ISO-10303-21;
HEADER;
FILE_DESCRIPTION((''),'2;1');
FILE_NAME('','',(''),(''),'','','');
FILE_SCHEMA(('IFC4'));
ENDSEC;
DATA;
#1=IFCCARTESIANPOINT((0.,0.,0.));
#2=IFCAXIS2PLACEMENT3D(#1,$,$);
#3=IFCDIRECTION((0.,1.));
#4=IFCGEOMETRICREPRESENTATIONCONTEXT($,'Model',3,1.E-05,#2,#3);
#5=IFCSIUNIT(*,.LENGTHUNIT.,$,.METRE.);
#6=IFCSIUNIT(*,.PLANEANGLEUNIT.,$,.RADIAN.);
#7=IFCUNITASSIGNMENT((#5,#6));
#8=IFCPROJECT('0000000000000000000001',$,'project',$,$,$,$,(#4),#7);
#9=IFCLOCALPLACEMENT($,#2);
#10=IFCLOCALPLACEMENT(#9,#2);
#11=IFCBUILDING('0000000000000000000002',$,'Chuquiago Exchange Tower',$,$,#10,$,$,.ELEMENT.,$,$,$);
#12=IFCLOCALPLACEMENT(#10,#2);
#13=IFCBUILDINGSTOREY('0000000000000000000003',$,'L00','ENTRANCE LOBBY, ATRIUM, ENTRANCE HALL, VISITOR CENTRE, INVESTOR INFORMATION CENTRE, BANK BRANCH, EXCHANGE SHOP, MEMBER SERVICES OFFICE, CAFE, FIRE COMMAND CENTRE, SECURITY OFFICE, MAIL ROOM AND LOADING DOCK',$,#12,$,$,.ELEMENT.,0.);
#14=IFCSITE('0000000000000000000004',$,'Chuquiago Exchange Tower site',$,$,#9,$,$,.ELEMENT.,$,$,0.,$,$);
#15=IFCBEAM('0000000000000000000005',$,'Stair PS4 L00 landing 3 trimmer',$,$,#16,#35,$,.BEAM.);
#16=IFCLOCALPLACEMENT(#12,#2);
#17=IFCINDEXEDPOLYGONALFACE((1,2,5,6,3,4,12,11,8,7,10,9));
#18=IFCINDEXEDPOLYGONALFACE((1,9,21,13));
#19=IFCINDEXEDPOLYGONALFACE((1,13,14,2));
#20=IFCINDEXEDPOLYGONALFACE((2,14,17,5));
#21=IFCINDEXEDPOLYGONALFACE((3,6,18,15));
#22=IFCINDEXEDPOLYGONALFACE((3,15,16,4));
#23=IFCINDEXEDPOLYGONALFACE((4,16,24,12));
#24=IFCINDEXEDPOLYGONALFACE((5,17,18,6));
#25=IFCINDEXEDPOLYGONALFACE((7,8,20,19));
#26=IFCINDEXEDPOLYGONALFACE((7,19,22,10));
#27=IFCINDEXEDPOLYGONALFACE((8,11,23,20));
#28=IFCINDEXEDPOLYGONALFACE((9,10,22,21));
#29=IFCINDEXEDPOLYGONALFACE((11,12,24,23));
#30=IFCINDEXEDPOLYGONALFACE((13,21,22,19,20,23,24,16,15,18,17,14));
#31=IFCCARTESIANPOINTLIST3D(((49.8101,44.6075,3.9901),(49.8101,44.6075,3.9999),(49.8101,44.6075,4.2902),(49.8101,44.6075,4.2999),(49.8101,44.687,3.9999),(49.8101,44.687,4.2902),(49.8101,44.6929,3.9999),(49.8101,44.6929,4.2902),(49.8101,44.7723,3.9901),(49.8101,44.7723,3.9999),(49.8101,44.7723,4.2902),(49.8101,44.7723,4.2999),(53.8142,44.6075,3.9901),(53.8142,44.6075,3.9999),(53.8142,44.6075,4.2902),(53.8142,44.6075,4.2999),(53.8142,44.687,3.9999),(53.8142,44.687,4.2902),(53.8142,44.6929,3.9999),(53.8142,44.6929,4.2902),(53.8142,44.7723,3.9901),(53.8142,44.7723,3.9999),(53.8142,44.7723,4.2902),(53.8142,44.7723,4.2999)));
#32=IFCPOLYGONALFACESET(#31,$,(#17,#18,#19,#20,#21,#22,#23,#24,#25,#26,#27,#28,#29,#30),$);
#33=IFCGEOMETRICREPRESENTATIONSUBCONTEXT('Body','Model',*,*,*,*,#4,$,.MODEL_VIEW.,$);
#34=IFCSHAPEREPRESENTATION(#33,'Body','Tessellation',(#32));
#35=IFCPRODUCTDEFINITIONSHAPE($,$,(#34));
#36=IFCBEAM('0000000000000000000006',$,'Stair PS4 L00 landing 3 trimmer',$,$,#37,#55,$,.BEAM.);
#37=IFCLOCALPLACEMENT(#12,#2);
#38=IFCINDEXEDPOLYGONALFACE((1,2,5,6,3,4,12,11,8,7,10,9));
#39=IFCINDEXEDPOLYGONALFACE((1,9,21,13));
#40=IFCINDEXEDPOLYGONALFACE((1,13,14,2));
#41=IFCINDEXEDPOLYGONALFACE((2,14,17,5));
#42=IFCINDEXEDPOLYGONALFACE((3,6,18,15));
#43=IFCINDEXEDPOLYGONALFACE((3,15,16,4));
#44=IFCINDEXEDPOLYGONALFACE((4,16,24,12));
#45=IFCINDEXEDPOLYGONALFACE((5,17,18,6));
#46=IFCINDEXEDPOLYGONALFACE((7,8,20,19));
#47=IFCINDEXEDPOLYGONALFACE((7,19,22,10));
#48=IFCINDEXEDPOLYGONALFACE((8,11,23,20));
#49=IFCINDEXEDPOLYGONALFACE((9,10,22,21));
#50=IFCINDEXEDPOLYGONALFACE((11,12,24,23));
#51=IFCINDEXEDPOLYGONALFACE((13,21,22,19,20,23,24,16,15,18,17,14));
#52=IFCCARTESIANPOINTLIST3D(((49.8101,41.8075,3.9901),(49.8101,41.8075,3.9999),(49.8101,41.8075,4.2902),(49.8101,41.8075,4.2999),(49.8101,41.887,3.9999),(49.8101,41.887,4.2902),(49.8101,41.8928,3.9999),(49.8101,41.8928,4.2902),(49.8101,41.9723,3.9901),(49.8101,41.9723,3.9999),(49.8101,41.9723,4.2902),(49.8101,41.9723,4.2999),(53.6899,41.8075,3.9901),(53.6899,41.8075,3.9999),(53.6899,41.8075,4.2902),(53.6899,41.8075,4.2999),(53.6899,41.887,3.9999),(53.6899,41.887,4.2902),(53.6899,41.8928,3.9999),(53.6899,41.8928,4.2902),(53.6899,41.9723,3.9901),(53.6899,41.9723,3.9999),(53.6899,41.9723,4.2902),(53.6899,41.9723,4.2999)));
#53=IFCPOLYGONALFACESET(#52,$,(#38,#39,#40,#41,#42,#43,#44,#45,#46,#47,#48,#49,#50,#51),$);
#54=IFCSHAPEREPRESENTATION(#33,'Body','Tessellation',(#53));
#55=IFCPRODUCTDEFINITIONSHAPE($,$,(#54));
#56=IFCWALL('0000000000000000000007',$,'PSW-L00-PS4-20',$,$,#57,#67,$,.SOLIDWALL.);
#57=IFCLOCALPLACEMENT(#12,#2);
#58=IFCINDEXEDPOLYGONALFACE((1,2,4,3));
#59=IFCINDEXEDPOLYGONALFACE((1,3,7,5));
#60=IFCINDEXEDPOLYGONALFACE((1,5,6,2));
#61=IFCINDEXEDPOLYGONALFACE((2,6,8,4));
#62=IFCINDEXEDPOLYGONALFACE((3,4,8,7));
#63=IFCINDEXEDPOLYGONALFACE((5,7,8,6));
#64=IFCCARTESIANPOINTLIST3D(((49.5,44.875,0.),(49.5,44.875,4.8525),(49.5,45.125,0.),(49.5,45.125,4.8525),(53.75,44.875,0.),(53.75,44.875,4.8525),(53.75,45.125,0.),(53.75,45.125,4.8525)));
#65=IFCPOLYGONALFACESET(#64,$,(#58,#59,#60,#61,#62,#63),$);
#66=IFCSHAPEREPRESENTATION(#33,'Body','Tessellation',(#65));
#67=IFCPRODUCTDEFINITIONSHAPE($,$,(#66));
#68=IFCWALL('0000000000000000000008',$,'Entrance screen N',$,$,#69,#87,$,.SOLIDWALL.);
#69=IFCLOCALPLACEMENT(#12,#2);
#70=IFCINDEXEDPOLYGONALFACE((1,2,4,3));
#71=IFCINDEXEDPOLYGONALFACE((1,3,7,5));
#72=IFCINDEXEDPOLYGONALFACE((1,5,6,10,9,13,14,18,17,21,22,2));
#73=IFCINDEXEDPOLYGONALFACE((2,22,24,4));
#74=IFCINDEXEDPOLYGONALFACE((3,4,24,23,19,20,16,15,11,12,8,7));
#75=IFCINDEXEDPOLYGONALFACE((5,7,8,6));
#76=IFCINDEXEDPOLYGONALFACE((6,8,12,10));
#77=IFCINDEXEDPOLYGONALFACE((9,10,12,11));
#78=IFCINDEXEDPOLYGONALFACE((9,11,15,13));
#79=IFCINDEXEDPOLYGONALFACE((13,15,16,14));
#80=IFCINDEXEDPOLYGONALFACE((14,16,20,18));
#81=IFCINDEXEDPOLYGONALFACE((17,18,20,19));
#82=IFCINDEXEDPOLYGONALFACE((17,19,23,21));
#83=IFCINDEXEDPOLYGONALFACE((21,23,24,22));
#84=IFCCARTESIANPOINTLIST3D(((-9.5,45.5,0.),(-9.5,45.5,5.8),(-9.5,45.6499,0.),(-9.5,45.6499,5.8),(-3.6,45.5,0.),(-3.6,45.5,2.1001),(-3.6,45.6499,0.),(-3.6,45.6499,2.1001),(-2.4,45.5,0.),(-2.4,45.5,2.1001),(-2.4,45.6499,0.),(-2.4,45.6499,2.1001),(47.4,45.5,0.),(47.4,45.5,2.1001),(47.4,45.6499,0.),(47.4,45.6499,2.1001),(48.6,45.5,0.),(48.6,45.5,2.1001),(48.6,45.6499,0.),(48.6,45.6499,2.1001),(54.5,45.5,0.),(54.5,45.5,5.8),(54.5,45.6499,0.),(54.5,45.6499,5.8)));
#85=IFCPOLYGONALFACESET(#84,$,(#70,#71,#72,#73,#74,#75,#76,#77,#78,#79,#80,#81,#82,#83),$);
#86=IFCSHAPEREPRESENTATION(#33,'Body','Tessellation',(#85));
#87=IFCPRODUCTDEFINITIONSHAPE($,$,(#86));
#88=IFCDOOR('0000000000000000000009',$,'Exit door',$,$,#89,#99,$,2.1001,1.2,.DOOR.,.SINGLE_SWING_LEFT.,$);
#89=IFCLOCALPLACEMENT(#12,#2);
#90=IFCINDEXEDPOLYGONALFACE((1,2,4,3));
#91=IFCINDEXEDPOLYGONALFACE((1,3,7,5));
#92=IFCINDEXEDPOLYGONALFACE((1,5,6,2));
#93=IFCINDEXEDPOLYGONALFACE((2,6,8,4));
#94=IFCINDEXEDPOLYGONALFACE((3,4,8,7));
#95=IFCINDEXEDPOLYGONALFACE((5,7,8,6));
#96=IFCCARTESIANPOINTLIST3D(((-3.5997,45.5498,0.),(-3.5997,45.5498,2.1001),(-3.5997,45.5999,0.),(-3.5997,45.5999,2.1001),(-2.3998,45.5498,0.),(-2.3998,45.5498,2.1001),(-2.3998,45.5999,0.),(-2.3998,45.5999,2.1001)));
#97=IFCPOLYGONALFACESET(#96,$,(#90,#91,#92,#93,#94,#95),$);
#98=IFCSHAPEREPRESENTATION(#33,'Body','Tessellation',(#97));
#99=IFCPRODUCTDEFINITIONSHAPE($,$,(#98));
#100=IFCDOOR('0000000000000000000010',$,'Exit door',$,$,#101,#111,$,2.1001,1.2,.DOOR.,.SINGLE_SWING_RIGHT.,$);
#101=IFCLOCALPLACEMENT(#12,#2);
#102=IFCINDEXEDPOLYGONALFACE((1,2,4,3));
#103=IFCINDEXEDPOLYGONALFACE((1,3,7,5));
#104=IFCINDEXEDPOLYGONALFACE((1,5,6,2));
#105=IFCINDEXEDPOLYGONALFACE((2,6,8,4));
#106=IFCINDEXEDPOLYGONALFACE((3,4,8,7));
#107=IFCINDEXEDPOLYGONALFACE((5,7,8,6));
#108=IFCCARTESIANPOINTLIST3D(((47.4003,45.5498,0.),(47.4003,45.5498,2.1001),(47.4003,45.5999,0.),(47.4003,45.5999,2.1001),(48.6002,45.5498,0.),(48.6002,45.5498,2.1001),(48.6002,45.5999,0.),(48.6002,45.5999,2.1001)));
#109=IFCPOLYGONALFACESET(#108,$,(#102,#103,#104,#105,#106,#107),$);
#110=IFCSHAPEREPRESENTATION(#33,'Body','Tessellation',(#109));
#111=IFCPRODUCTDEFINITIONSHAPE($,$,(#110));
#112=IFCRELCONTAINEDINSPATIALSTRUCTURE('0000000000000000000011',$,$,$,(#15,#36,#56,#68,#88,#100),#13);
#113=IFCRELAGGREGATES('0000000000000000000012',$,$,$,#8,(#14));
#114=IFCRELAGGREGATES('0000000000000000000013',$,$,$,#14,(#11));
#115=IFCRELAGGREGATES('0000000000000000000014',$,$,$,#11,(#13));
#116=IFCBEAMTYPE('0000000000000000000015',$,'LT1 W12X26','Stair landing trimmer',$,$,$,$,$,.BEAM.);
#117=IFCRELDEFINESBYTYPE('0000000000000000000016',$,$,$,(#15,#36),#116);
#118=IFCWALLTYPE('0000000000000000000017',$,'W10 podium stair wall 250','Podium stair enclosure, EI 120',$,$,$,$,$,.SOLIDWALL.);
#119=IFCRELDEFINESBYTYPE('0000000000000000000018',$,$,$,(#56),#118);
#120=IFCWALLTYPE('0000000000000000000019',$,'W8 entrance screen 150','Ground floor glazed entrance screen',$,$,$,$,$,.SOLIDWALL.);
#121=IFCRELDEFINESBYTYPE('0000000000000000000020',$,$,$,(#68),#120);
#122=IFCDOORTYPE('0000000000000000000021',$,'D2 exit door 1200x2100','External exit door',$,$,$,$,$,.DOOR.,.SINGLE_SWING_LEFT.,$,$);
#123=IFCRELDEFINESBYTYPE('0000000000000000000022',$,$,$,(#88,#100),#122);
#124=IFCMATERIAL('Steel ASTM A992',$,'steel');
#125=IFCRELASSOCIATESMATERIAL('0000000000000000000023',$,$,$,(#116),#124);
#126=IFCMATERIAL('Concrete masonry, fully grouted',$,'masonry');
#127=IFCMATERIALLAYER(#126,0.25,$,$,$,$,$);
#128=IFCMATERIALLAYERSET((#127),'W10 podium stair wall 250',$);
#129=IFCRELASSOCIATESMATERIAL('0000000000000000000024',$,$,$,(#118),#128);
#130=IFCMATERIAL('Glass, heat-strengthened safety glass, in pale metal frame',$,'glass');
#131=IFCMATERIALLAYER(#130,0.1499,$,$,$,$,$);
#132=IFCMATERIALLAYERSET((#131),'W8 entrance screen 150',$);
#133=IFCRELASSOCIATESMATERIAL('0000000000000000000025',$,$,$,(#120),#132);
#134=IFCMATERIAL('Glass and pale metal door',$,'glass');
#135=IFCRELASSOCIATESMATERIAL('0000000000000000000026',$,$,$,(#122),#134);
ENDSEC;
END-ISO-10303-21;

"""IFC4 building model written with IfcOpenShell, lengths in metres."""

from ifc_helpers import new_model, si_unit, direction, frame, frame_2d, origin, origin_2d, place, context, subcontext, project, spatial, rectangle, i_section, extrude, material, layer, layer_set, material_profile, profile_set, type_object, element, fill, save


model = new_model("IFC4")

# Units and contexts
model_context = context("Model", 3, precision=1e-05, world=origin(), true_north=direction((0.0, 1.0)))
body_context = subcontext(model_context, "Body", "Model", "MODEL_VIEW")
ifc_project = project(units=[si_unit("LENGTHUNIT", "METRE"), si_unit("PLANEANGLEUNIT", "RADIAN")], contexts=[model_context])

# Site, building, storey
site_placement = place(None, origin())
site = spatial("IfcSite", under=ifc_project, at=site_placement, Name="Chuquiago Exchange Tower site", CompositionType="ELEMENT", RefElevation=0.0)
building_placement = place(site_placement, origin())
building = spatial("IfcBuilding", under=site, at=building_placement, Name="Chuquiago Exchange Tower", CompositionType="ELEMENT")
storey_placement = place(building_placement, origin())
storey = spatial("IfcBuildingStorey", under=building, at=storey_placement, Name="L00", Description="ENTRANCE LOBBY, ATRIUM, ENTRANCE HALL, VISITOR CENTRE, INVESTOR INFORMATION CENTRE, BANK BRANCH, EXCHANGE SHOP, MEMBER SERVICES OFFICE, CAFE, FIRE COMMAND CENTRE, SECURITY OFFICE, MAIL ROOM AND LOADING DOCK", CompositionType="ELEMENT", Elevation=0.0)

# Beams
ifc_material_1 = material(Name="Steel ASTM A992", Category="steel")
ifc_material_profile_1 = material_profile(ifc_material_1, i_section(OverallWidth=0.1648, OverallDepth=0.3098, WebThickness=0.0059, FlangeThickness=0.0098, at=origin_2d()), Name="W12X26")
ifc_profile_set_1 = profile_set([ifc_material_profile_1], Name="Steel ASTM A992")
beam_type_1 = type_object("IfcBeamType", Name="LT1 W12X26", Description="Stair landing trimmer", PredefinedType="BEAM", material=ifc_profile_set_1)
beam_1_placement = place(storey_placement, frame((49.8101, 44.6899, 4.145), z_axis=(1.0, 0.0, 0.0), x_axis=(0.0, 1.0, 0.0)))
element("IfcBeam", 1, at=beam_1_placement, inside=storey, type_object=beam_type_1, Name="Stair PS4 L00 landing 3 trimmer", PredefinedType="BEAM", context=body_context, shape_type="SweptSolid", body=[
    extrude(i_section(OverallWidth=0.1648, OverallDepth=0.3098, WebThickness=0.0059, FlangeThickness=0.0098, at=origin_2d()), origin(), (0.0, 0.0, 1.0), 4.0042),
])
beam_2_placement = place(storey_placement, frame((49.8101, 41.8899, 4.145), z_axis=(1.0, 0.0, 0.0), x_axis=(0.0, 1.0, 0.0)))
element("IfcBeam", 2, at=beam_2_placement, inside=storey, type_object=beam_type_1, Name="Stair PS4 L00 landing 3 trimmer", PredefinedType="BEAM", context=body_context, shape_type="SweptSolid", body=[
    extrude(i_section(OverallWidth=0.1648, OverallDepth=0.3098, WebThickness=0.0059, FlangeThickness=0.0098, at=origin_2d()), origin(), (0.0, 0.0, 1.0), 3.8799),
])

# Wall
ifc_material_2 = material(Name="Concrete masonry, fully grouted", Category="masonry")
ifc_layer_1 = layer(ifc_material_2, 0.25)
ifc_layer_set_1 = layer_set([ifc_layer_1], Name="W10 podium stair wall 250")
wall_type_1 = type_object("IfcWallType", Name="W10 podium stair wall 250", Description="Podium stair enclosure, EI 120", PredefinedType="SOLIDWALL", material=ifc_layer_set_1)
wall_1_placement = place(storey_placement, frame((49.5, 45.0, 0.0), z_axis=(0.0, 0.0, 1.0), x_axis=(1.0, 0.0, 0.0)))
element("IfcWall", 3, at=wall_1_placement, inside=storey, type_object=wall_type_1, Name="PSW-L00-PS4-20", PredefinedType="SOLIDWALL", context=body_context, shape_type="SweptSolid", body=[
    extrude(rectangle(XDim=4.25, YDim=0.25, at=frame_2d((2.125, 0.0))), origin(), (0.0, 0.0, 1.0), 4.8525),
])

# Wall, openings, doors
ifc_material_3 = material(Name="Glass, heat-strengthened safety glass, in pale metal frame", Category="glass")
ifc_layer_2 = layer(ifc_material_3, 0.1499)
ifc_layer_set_2 = layer_set([ifc_layer_2], Name="W8 entrance screen 150")
wall_type_2 = type_object("IfcWallType", Name="W8 entrance screen 150", Description="Ground floor glazed entrance screen", PredefinedType="SOLIDWALL", material=ifc_layer_set_2)
wall_2_placement = place(storey_placement, frame((54.5, 45.575, 0.0), z_axis=(0.0, 0.0, 1.0), x_axis=(-1.0, 0.0, 0.0)))
wall_2 = element("IfcWall", 4, at=wall_2_placement, inside=storey, type_object=wall_type_2, Name="Entrance screen N", PredefinedType="SOLIDWALL", context=body_context, shape_type="SweptSolid", body=[
    extrude(rectangle(XDim=64.0, YDim=0.1499, at=frame_2d((32.0, 0.0))), origin(), (0.0, 0.0, 1.0), 5.8),
])
opening_1_placement = place(wall_2_placement, frame((56.8999, 0.0, 0.0)))
opening_1 = element("IfcOpeningElement", 5, at=opening_1_placement, cuts=wall_2, PredefinedType="OPENING", context=body_context, shape_type="SweptSolid", body=[
    extrude(rectangle(XDim=1.2, YDim=2.1001, at=frame_2d((0.6001, 1.05))), frame((0.0, 0.085, 0.0), z_axis=(0.0, -1.0, 0.0), x_axis=(1.0, 0.0, 0.0)), (0.0, 0.0, 1.0), 0.1699),
])
opening_2_placement = place(wall_2_placement, frame((5.8999, 0.0, 0.0)))
opening_2 = element("IfcOpeningElement", 6, at=opening_2_placement, cuts=wall_2, PredefinedType="OPENING", context=body_context, shape_type="SweptSolid", body=[
    extrude(rectangle(XDim=1.2, YDim=2.1001, at=frame_2d((0.6001, 1.05))), frame((0.0, 0.085, 0.0), z_axis=(0.0, -1.0, 0.0), x_axis=(1.0, 0.0, 0.0)), (0.0, 0.0, 1.0), 0.1699),
])
ifc_material_4 = material(Name="Glass and pale metal door", Category="glass")
door_type = type_object("IfcDoorType", Name="D2 exit door 1200x2100", Description="External exit door", OperationType="SINGLE_SWING_LEFT", PredefinedType="DOOR", material=ifc_material_4)
door_1_placement = place(opening_1_placement, frame((1.2, 0.0, 0.0), z_axis=(0.0, 0.0, 1.0), x_axis=(-1.0, 0.0, 0.0)))
door_1 = element("IfcDoor", 7, at=door_1_placement, inside=storey, type_object=door_type, Name="Exit door", OperationType="SINGLE_SWING_LEFT", OverallHeight=2.1001, OverallWidth=1.2, PredefinedType="DOOR", context=body_context, shape_type="SweptSolid", body=[
    extrude(rectangle(XDim=1.2, YDim=2.1001, at=frame_2d((0.6001, 1.05))), frame((0.0, 0.0249, 0.0), z_axis=(0.0, -1.0, 0.0), x_axis=(1.0, 0.0, 0.0)), (0.0, 0.0, 1.0), 0.05),
])
fill(opening_1, door_1)
door_2_placement = place(opening_2_placement, frame((1.2, 0.0, 0.0), z_axis=(0.0, 0.0, 1.0), x_axis=(-1.0, 0.0, 0.0)))
door_2 = element("IfcDoor", 8, at=door_2_placement, inside=storey, type_object=door_type, Name="Exit door", OperationType="SINGLE_SWING_RIGHT", OverallHeight=2.1001, OverallWidth=1.2, PredefinedType="DOOR", context=body_context, shape_type="SweptSolid", body=[
    extrude(rectangle(XDim=1.2, YDim=2.1001, at=frame_2d((0.6001, 1.05))), frame((0.0, 0.0249, 0.0), z_axis=(0.0, -1.0, 0.0), x_axis=(1.0, 0.0, 0.0)), (0.0, 0.0, 1.0), 0.05),
])
fill(opening_2, door_2)

save(model, "model.ifc")
